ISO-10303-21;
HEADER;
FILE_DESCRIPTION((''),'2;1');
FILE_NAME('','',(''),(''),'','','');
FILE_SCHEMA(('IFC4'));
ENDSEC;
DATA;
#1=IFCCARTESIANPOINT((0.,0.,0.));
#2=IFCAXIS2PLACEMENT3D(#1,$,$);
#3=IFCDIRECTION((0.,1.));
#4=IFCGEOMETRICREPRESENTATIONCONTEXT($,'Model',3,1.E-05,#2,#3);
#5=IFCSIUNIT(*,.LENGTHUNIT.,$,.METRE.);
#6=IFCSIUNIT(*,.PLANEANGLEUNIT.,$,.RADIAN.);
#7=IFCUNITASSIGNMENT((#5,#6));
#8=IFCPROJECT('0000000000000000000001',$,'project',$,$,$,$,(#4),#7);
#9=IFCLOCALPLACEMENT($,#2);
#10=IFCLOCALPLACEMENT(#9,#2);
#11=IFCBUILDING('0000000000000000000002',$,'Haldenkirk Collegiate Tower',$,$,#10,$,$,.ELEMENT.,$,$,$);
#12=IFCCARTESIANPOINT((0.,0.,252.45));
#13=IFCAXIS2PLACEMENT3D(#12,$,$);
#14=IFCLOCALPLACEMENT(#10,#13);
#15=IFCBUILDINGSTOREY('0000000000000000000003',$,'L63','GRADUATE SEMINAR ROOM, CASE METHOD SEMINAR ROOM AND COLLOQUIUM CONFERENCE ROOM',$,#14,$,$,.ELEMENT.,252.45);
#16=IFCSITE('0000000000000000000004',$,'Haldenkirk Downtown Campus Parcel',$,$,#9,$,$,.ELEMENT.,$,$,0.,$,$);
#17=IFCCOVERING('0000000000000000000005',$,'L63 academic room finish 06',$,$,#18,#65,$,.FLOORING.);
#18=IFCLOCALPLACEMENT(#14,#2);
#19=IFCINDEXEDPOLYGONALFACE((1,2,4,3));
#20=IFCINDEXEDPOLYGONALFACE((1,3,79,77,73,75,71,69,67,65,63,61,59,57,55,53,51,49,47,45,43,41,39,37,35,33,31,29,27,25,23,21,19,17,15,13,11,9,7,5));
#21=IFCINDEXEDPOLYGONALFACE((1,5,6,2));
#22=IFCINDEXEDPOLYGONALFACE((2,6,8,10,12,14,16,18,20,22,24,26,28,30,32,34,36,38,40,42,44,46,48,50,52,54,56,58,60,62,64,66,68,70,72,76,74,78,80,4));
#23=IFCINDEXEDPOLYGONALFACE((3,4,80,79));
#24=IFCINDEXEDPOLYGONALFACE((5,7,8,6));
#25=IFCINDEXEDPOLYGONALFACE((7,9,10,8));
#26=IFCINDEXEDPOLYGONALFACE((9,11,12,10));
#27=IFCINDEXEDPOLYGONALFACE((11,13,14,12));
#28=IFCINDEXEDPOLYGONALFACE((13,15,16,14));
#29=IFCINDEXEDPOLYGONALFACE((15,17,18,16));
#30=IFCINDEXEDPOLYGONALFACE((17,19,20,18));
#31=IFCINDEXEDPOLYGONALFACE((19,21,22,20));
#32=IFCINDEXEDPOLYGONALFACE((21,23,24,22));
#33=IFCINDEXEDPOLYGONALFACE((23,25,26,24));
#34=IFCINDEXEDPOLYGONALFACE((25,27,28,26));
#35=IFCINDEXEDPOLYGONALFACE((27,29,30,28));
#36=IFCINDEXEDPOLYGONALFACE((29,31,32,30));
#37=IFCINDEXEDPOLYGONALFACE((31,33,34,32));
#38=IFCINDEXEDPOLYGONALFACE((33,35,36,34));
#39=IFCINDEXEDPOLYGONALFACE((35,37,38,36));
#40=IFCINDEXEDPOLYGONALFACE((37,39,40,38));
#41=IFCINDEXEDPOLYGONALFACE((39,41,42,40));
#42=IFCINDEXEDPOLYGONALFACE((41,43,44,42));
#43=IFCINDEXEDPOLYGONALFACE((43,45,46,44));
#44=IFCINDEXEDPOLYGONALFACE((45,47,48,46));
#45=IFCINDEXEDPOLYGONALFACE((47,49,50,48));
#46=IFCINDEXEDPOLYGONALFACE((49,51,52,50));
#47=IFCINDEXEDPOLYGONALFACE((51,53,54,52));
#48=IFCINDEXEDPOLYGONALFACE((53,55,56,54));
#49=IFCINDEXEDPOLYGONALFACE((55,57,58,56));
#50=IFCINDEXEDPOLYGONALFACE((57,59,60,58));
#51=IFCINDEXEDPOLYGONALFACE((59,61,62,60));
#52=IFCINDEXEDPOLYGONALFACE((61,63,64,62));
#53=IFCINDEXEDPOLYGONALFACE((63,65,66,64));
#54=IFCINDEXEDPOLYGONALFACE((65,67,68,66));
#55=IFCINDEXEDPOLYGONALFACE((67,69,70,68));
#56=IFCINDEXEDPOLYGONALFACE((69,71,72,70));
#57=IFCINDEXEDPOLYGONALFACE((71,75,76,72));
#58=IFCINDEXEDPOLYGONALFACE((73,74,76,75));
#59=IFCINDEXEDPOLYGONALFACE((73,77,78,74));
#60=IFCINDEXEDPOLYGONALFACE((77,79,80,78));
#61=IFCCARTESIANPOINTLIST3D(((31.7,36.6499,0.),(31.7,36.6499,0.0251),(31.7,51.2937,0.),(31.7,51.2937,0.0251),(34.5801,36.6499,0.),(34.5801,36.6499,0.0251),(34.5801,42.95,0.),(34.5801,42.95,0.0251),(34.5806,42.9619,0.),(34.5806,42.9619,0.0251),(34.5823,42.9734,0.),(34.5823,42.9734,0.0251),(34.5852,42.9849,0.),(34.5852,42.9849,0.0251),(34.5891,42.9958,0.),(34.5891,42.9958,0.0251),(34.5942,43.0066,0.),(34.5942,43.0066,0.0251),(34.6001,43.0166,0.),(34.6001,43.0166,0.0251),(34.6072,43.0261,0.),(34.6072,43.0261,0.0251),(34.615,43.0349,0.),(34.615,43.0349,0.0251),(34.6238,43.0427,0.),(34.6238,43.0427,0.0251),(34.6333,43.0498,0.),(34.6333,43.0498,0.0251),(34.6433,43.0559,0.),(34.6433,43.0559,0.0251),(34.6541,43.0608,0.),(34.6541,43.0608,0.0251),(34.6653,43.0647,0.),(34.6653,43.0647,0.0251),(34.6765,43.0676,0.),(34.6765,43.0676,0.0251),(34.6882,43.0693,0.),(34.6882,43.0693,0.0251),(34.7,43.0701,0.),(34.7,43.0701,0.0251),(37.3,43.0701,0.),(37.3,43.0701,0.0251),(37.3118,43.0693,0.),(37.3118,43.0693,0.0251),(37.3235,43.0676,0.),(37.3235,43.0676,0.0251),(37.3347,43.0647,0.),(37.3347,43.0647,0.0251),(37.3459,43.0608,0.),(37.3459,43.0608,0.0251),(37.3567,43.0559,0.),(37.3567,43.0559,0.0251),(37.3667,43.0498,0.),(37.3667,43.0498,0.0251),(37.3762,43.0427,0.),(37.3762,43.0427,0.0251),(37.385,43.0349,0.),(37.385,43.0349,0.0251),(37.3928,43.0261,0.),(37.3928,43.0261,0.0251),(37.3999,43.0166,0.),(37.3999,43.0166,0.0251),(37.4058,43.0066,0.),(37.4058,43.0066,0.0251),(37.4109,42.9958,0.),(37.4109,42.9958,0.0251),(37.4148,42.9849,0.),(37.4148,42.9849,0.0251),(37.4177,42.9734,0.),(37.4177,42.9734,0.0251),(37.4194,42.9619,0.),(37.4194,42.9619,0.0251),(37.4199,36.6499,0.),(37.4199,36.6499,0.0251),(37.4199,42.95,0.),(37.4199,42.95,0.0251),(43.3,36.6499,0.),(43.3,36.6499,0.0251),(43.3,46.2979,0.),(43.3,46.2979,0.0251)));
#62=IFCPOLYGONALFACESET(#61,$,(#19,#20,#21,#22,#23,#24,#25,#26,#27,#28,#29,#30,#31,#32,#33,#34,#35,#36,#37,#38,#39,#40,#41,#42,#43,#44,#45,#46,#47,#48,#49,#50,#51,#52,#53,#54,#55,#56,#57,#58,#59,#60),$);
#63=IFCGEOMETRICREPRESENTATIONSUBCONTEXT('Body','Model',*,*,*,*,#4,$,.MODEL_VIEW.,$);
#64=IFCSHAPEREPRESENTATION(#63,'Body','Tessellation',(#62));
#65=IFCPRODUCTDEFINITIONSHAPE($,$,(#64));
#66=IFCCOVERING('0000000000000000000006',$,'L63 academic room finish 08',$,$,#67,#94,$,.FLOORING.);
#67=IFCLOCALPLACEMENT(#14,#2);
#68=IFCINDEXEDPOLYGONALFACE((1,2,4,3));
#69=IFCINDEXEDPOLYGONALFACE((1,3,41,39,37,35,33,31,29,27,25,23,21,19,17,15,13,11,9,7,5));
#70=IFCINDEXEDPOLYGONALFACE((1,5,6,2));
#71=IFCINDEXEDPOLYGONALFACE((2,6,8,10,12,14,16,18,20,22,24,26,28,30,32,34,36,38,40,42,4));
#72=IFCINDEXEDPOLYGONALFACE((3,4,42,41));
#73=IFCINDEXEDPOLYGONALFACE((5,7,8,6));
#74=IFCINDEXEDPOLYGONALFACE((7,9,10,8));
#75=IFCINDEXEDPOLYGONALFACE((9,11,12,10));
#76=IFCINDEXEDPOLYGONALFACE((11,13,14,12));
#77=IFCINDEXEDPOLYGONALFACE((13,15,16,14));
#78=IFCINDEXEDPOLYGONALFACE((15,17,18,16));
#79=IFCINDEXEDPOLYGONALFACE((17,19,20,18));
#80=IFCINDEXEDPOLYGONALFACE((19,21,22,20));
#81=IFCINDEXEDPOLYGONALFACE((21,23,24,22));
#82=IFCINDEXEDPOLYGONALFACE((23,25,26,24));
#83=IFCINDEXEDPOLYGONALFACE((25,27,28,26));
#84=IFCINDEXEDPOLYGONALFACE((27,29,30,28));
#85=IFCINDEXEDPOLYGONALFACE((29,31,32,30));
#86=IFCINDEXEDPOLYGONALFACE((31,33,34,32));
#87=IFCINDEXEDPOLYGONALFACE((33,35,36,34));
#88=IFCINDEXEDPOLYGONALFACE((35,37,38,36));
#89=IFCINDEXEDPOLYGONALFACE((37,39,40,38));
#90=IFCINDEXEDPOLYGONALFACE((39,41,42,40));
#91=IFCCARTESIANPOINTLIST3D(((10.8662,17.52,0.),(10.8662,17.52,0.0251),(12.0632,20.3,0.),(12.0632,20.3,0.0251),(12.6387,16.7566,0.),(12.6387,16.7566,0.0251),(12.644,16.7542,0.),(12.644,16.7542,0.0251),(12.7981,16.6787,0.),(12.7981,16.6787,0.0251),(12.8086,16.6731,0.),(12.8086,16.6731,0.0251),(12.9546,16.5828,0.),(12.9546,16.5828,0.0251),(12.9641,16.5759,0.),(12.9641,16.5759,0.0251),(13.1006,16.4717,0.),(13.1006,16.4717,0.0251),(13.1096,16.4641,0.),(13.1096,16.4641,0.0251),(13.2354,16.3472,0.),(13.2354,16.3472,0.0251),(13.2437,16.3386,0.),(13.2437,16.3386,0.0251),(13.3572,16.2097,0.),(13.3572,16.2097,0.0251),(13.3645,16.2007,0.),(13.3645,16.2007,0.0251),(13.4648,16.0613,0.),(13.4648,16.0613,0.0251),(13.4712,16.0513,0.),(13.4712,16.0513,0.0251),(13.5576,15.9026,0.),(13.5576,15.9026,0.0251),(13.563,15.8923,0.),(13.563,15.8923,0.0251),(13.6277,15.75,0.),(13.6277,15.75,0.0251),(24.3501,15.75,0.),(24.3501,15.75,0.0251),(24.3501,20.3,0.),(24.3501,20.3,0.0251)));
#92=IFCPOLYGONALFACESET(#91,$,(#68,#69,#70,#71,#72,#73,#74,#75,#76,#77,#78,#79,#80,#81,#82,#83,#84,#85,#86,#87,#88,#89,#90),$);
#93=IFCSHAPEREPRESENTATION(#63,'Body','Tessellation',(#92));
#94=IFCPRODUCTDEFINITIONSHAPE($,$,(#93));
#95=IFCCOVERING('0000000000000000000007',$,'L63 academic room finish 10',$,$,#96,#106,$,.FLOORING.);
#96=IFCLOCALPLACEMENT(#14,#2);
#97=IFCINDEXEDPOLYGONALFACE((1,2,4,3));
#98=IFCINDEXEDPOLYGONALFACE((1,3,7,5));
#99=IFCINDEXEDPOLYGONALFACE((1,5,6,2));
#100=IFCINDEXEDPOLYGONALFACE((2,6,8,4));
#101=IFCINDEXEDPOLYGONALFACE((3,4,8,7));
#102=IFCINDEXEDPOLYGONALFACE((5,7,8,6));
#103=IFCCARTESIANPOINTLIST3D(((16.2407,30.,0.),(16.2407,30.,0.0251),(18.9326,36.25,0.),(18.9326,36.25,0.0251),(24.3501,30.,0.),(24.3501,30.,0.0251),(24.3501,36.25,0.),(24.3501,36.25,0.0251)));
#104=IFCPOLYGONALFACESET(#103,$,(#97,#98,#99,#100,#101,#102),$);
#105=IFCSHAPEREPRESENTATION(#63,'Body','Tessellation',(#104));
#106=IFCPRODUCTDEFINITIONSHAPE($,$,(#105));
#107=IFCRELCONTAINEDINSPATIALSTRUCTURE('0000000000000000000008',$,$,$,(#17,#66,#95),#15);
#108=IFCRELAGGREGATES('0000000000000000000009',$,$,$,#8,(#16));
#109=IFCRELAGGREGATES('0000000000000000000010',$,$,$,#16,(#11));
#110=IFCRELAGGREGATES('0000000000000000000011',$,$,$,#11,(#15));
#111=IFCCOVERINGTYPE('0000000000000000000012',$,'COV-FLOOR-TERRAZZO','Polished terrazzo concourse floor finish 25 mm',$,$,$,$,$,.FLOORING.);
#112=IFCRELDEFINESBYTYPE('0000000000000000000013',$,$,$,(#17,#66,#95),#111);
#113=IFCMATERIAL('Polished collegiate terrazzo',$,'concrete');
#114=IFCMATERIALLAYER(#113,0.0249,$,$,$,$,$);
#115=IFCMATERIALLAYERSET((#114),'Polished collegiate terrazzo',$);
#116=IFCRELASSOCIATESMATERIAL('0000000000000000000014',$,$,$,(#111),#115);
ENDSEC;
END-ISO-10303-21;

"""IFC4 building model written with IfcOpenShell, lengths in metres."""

from ifc_helpers import new_model, si_unit, direction, frame, origin, place, context, subcontext, project, spatial, polyline, outline, extrude, material, layer, layer_set, type_object, element, save


model = new_model("IFC4")

# Units and contexts
model_context = context("Model", 3, precision=1e-05, world=origin(), true_north=direction((0.0, 1.0)))
body_context = subcontext(model_context, "Body", "Model", "MODEL_VIEW")
ifc_project = project(units=[si_unit("LENGTHUNIT", "METRE"), si_unit("PLANEANGLEUNIT", "RADIAN")], contexts=[model_context])

# Site, building, storey
site_placement = place(None, origin())
site = spatial("IfcSite", under=ifc_project, at=site_placement, Name="Haldenkirk Downtown Campus Parcel", CompositionType="ELEMENT", RefElevation=0.0)
building_placement = place(site_placement, origin())
building = spatial("IfcBuilding", under=site, at=building_placement, Name="Haldenkirk Collegiate Tower", CompositionType="ELEMENT")
storey_placement = place(building_placement, frame((0.0, 0.0, 252.45)))
storey = spatial("IfcBuildingStorey", under=building, at=storey_placement, Name="L63", Description="GRADUATE SEMINAR ROOM, CASE METHOD SEMINAR ROOM AND COLLOQUIUM CONFERENCE ROOM", CompositionType="ELEMENT", Elevation=252.45)

# Coverings
ifc_material_1 = material(Name="Polished collegiate terrazzo", Category="concrete")
ifc_layer_1 = layer(ifc_material_1, 0.0249)
ifc_layer_set_1 = layer_set([ifc_layer_1], Name="Polished collegiate terrazzo")
covering_type_1 = type_object("IfcCoveringType", Name="COV-FLOOR-TERRAZZO", Description="Polished terrazzo concourse floor finish 25 mm", PredefinedType="FLOORING", material=ifc_layer_set_1)
covering_1_placement = place(storey_placement, origin())
element("IfcCovering", 1, at=covering_1_placement, inside=storey, type_object=covering_type_1, Name="L63 academic room finish 06", PredefinedType="FLOORING", context=body_context, shape_type="SweptSolid", body=[
    extrude(outline(polyline([(43.3, 46.2979), (43.3, 36.6499), (37.4199, 36.6499), (37.4199, 42.95), (37.4194, 42.9619), (37.4177, 42.9734), (37.4148, 42.9849), (37.4109, 42.9958), (37.4058, 43.0066), (37.3999, 43.0166), (37.3928, 43.0261), (37.385, 43.0349), (37.3762, 43.0427), (37.3667, 43.0498), (37.3567, 43.0559), (37.3459, 43.0608), (37.3347, 43.0647), (37.3235, 43.0676), (37.3118, 43.0693), (37.3, 43.0701), (34.7, 43.0701), (34.6882, 43.0693), (34.6765, 43.0676), (34.6653, 43.0647), (34.6541, 43.0608), (34.6433, 43.0559), (34.6333, 43.0498), (34.6238, 43.0427), (34.615, 43.0349), (34.6072, 43.0261), (34.6001, 43.0166), (34.5942, 43.0066), (34.5891, 42.9958), (34.5852, 42.9849), (34.5823, 42.9734), (34.5806, 42.9619), (34.5801, 42.95), (34.5801, 36.6499), (31.7, 36.6499), (31.7, 51.2937), (43.3, 46.2979)])), origin(), (0.0, 0.0, 1.0), 0.0251),
])
covering_2_placement = place(storey_placement, origin())
element("IfcCovering", 2, at=covering_2_placement, inside=storey, type_object=covering_type_1, Name="L63 academic room finish 08", PredefinedType="FLOORING", context=body_context, shape_type="SweptSolid", body=[
    extrude(outline(polyline([(13.563, 15.8923), (13.5576, 15.9026), (13.4712, 16.0513), (13.4648, 16.0613), (13.3645, 16.2007), (13.3572, 16.2097), (13.2437, 16.3386), (13.2354, 16.3472), (13.1096, 16.4641), (13.1006, 16.4717), (12.9641, 16.5759), (12.9546, 16.5828), (12.8086, 16.6731), (12.7981, 16.6787), (12.644, 16.7542), (12.6387, 16.7566), (10.8662, 17.52), (12.0632, 20.3), (24.3501, 20.3), (24.3501, 15.75), (13.6277, 15.75), (13.563, 15.8923)])), origin(), (0.0, 0.0, 1.0), 0.0251),
])
covering_3_placement = place(storey_placement, origin())
element("IfcCovering", 3, at=covering_3_placement, inside=storey, type_object=covering_type_1, Name="L63 academic room finish 10", PredefinedType="FLOORING", context=body_context, shape_type="SweptSolid", body=[
    extrude(outline(polyline([(18.9326, 36.25), (24.3501, 36.25), (24.3501, 30.0), (16.2407, 30.0), (18.9326, 36.25)])), origin(), (0.0, 0.0, 1.0), 0.0251),
])

save(model, "model.ifc")
